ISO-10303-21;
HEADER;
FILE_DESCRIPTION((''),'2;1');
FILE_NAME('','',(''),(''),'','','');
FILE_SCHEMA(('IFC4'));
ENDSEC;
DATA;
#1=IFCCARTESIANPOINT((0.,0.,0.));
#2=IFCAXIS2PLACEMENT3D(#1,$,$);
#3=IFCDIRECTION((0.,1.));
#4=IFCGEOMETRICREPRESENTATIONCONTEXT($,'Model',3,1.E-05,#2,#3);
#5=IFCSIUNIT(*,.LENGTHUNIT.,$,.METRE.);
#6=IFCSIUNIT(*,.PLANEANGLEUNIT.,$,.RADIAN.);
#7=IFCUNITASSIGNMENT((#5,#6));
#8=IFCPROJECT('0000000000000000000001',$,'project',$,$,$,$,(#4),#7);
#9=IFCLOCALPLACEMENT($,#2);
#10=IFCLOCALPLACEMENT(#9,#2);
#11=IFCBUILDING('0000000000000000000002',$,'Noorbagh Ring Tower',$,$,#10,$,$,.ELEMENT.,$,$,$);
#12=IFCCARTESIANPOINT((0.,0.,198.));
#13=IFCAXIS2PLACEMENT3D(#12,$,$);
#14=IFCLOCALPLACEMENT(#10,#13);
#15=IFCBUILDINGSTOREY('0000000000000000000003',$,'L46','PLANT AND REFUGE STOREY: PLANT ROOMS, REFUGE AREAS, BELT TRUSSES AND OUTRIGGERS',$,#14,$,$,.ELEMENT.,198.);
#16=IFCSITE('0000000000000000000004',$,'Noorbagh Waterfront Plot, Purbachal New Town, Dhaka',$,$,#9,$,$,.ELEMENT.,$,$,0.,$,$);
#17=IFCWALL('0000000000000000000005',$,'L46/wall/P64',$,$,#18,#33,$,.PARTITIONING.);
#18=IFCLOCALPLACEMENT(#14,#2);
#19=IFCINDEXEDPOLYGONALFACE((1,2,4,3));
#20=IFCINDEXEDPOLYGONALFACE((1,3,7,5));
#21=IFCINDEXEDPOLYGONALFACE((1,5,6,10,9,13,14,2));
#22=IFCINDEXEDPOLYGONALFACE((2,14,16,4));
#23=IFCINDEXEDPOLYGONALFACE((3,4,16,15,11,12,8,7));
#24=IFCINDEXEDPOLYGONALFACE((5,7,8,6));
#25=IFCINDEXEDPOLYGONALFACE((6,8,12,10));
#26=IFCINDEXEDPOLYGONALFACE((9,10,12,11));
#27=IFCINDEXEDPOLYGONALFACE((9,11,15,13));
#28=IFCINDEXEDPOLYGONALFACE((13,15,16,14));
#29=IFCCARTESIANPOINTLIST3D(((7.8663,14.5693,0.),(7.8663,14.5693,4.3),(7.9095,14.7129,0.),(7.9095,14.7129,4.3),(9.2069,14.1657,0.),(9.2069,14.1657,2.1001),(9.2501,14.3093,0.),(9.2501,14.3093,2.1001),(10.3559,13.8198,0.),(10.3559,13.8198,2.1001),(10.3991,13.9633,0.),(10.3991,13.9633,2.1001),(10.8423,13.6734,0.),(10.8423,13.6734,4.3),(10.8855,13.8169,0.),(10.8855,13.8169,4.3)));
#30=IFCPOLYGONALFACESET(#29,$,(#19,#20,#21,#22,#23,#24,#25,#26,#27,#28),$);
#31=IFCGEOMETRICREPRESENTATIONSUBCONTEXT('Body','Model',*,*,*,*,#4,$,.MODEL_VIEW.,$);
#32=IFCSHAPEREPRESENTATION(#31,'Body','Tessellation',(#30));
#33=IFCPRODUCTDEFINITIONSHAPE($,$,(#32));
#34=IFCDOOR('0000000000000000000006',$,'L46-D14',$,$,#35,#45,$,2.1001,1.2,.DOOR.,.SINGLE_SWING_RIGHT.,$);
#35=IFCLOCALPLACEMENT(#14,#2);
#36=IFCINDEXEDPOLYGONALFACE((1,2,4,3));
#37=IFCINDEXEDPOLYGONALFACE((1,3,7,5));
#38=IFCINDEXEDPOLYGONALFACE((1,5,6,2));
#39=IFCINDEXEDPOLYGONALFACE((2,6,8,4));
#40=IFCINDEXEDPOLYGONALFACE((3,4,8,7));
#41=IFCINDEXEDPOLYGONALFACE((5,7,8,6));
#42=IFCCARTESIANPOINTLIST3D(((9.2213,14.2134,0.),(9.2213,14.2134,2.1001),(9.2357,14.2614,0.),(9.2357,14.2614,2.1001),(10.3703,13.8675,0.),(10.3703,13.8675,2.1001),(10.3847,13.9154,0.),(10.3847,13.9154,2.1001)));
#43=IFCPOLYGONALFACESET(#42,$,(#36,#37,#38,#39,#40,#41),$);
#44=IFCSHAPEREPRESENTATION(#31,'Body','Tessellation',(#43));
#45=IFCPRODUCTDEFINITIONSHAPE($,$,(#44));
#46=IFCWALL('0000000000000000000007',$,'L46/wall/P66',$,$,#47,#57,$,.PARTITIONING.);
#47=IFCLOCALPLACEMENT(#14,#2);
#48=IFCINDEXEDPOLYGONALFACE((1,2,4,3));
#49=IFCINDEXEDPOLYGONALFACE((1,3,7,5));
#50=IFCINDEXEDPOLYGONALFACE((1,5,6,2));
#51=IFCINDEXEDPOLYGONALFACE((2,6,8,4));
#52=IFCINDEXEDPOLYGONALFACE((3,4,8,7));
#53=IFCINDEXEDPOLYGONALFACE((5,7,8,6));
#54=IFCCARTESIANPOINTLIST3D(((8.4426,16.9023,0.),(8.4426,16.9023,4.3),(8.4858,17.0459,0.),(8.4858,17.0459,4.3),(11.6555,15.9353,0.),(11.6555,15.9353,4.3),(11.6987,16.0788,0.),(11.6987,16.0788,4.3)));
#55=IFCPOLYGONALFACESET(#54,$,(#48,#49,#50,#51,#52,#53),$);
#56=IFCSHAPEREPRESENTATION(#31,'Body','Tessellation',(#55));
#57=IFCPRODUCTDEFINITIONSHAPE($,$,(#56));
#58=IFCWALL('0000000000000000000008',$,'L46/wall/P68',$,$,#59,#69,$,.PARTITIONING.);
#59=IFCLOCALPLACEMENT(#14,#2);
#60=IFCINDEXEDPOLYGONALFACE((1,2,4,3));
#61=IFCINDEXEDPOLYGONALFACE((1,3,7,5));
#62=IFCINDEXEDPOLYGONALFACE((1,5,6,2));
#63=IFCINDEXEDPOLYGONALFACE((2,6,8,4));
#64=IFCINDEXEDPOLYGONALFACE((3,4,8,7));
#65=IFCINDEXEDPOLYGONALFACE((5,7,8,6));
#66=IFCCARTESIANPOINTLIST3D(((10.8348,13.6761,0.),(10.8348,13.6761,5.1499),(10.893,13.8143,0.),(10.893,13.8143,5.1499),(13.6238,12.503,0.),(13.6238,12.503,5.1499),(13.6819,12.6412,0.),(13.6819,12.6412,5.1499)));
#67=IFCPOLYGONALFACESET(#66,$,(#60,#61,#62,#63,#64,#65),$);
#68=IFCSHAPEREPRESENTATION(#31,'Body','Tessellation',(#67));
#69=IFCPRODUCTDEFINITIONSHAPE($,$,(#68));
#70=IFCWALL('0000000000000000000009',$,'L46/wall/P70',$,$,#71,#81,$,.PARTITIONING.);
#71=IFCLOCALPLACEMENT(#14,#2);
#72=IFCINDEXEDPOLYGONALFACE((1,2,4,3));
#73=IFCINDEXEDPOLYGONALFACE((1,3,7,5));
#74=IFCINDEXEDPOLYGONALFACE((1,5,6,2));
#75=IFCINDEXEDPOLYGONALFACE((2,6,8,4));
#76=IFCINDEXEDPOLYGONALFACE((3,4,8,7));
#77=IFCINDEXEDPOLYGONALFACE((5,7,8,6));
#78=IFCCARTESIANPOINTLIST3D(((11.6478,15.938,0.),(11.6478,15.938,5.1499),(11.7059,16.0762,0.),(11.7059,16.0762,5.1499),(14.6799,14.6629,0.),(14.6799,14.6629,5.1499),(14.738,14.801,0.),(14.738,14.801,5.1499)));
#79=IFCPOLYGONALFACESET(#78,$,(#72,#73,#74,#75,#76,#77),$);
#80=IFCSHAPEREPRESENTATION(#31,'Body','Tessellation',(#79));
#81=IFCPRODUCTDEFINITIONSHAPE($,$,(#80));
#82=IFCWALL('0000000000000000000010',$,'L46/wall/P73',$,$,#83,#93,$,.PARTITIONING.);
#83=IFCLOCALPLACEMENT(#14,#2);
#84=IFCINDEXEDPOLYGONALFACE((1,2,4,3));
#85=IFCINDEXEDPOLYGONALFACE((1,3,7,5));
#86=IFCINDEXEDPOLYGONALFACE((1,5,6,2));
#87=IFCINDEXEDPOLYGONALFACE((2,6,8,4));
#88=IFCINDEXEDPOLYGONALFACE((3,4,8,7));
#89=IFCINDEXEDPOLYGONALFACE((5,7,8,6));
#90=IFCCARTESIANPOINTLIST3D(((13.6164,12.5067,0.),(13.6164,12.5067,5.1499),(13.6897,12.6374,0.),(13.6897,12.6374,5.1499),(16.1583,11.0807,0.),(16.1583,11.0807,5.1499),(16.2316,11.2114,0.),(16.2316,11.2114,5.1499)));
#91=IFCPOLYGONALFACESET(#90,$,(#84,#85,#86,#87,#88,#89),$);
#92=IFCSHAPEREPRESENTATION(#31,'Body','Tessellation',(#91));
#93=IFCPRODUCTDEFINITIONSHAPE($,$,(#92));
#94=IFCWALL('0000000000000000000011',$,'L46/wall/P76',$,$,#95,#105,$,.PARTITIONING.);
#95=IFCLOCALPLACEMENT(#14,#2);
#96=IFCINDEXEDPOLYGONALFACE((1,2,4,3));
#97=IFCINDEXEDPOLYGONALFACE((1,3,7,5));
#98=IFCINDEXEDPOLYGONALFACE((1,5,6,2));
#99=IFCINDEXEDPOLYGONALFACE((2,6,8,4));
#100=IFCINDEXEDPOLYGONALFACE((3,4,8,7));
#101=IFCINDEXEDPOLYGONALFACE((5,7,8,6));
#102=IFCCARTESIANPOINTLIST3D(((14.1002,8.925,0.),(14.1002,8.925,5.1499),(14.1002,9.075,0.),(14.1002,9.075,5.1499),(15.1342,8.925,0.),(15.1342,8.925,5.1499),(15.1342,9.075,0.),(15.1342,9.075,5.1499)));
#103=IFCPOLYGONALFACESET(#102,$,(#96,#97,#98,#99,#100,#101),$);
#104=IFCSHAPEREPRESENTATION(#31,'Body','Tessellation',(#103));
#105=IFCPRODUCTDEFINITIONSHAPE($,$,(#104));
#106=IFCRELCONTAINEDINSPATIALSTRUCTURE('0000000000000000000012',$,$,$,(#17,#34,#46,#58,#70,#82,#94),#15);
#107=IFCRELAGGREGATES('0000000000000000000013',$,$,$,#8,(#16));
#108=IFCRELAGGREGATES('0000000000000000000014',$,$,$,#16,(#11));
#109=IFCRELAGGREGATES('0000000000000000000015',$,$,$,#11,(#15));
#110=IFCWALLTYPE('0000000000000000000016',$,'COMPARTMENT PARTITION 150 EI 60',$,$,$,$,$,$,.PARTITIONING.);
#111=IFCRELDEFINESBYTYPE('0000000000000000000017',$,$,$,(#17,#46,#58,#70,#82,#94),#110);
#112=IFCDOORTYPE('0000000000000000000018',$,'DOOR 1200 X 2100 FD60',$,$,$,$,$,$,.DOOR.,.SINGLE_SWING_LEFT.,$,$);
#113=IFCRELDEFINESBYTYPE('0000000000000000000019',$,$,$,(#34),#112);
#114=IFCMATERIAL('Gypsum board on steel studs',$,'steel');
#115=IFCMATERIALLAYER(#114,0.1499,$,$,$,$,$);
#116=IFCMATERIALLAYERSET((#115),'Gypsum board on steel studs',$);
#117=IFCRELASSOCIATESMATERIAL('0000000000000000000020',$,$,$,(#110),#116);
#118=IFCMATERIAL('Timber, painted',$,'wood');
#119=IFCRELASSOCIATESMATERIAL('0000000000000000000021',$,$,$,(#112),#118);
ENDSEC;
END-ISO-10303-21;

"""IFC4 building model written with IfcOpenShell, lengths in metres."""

from ifc_helpers import new_model, si_unit, direction, frame, frame_2d, origin, place, context, subcontext, project, spatial, rectangle, extrude, material, layer, layer_set, type_object, element, fill, save


model = new_model("IFC4")

# Units and contexts
model_context = context("Model", 3, precision=1e-05, world=origin(), true_north=direction((0.0, 1.0)))
body_context = subcontext(model_context, "Body", "Model", "MODEL_VIEW")
ifc_project = project(units=[si_unit("LENGTHUNIT", "METRE"), si_unit("PLANEANGLEUNIT", "RADIAN")], contexts=[model_context])

# Site, building, storey
site_placement = place(None, origin())
site = spatial("IfcSite", under=ifc_project, at=site_placement, Name="Noorbagh Waterfront Plot, Purbachal New Town, Dhaka", CompositionType="ELEMENT", RefElevation=0.0)
building_placement = place(site_placement, origin())
building = spatial("IfcBuilding", under=site, at=building_placement, Name="Noorbagh Ring Tower", CompositionType="ELEMENT")
storey_placement = place(building_placement, frame((0.0, 0.0, 198.0)))
storey = spatial("IfcBuildingStorey", under=building, at=storey_placement, Name="L46", Description="PLANT AND REFUGE STOREY: PLANT ROOMS, REFUGE AREAS, BELT TRUSSES AND OUTRIGGERS", CompositionType="ELEMENT", Elevation=198.0)

# Shared definitions
ifc_material_1 = material(Name="Gypsum board on steel studs", Category="steel")
ifc_layer = layer(ifc_material_1, 0.1499)
ifc_layer_set = layer_set([ifc_layer], Name="Gypsum board on steel studs")
wall_type = type_object("IfcWallType", Name="COMPARTMENT PARTITION 150 EI 60", PredefinedType="PARTITIONING", material=ifc_layer_set)

# Wall, opening, door
wall_1_placement = place(storey_placement, frame((7.8879, 14.6411, 0.0), z_axis=(0.0, 0.0, 1.0), x_axis=(0.957545, -0.288285, 0.0)))
wall_1 = element("IfcWall", 1, at=wall_1_placement, inside=storey, type_object=wall_type, Name="L46/wall/P64", PredefinedType="PARTITIONING", context=body_context, shape_type="SweptSolid", body=[
    extrude(rectangle(XDim=3.1079, YDim=0.1499, at=frame_2d((1.554, 0.0))), origin(), (0.0, 0.0, 1.0), 4.3),
])
opening_placement = place(wall_1_placement, frame((1.3999, 0.0, 0.0)))
opening = element("IfcOpeningElement", 2, at=opening_placement, cuts=wall_1, PredefinedType="OPENING", context=body_context, shape_type="SweptSolid", body=[
    extrude(rectangle(XDim=1.2, YDim=2.1001, at=frame_2d((0.6001, 1.05))), frame((0.0, 0.085, 0.0), z_axis=(0.0, -1.0, 0.0), x_axis=(1.0, 0.0, 0.0)), (0.0, 0.0, 1.0), 0.1699),
])
ifc_material_2 = material(Name="Timber, painted", Category="wood")
door_type = type_object("IfcDoorType", Name="DOOR 1200 X 2100 FD60", OperationType="SINGLE_SWING_LEFT", PredefinedType="DOOR", material=ifc_material_2)
door_placement = place(opening_placement, origin())
door = element("IfcDoor", 3, at=door_placement, inside=storey, type_object=door_type, Name="L46-D14", OperationType="SINGLE_SWING_RIGHT", OverallHeight=2.1001, OverallWidth=1.2, PredefinedType="DOOR", context=body_context, shape_type="SweptSolid", body=[
    extrude(rectangle(XDim=1.2, YDim=2.1001, at=frame_2d((0.6001, 1.05))), frame((0.0, 0.0249, 0.0), z_axis=(0.0, -1.0, 0.0), x_axis=(1.0, 0.0, 0.0)), (0.0, 0.0, 1.0), 0.05),
])
fill(opening, door)

# Walls
wall_2_placement = place(storey_placement, frame((8.4641, 16.9741, 0.0), z_axis=(0.0, 0.0, 1.0), x_axis=(0.957566, -0.288216, 0.0)))
element("IfcWall", 4, at=wall_2_placement, inside=storey, type_object=wall_type, Name="L46/wall/P66", PredefinedType="PARTITIONING", context=body_context, shape_type="SweptSolid", body=[
    extrude(rectangle(XDim=3.3552, YDim=0.1499, at=frame_2d((1.6777, 0.0))), origin(), (0.0, 0.0, 1.0), 4.3),
])
wall_3_placement = place(storey_placement, frame((10.864, 13.7451, 0.0), z_axis=(0.0, 0.0, 1.0), x_axis=(0.921783, -0.387707, 0.0)))
element("IfcWall", 5, at=wall_3_placement, inside=storey, type_object=wall_type, Name="L46/wall/P68", PredefinedType="PARTITIONING", context=body_context, shape_type="SweptSolid", body=[
    extrude(rectangle(XDim=3.0256, YDim=0.1499, at=frame_2d((1.5127, 0.0))), origin(), (0.0, 0.0, 1.0), 5.1499),
])
wall_4_placement = place(storey_placement, frame((11.677, 16.0071, 0.0), z_axis=(0.0, 0.0, 1.0), x_axis=(0.921796, -0.387675, 0.0)))
element("IfcWall", 6, at=wall_4_placement, inside=storey, type_object=wall_type, Name="L46/wall/P70", PredefinedType="PARTITIONING", context=body_context, shape_type="SweptSolid", body=[
    extrude(rectangle(XDim=3.2893, YDim=0.1499, at=frame_2d((1.6445, 0.0))), origin(), (0.0, 0.0, 1.0), 5.1499),
])
wall_5_placement = place(storey_placement, frame((13.6531, 12.572, 0.0), z_axis=(0.0, 0.0, 1.0), x_axis=(0.872139, -0.489259, 0.0)))
element("IfcWall", 7, at=wall_5_placement, inside=storey, type_object=wall_type, Name="L46/wall/P73", PredefinedType="PARTITIONING", context=body_context, shape_type="SweptSolid", body=[
    extrude(rectangle(XDim=2.9146, YDim=0.1499, at=frame_2d((1.4573, 0.0))), origin(), (0.0, 0.0, 1.0), 5.1499),
])
wall_6_placement = place(storey_placement, frame((14.1001, 9.0, 0.0), z_axis=(0.0, 0.0, 1.0), x_axis=(1.0, 0.0, 0.0)))
element("IfcWall", 8, at=wall_6_placement, inside=storey, type_object=wall_type, Name="L46/wall/P76", PredefinedType="PARTITIONING", context=body_context, shape_type="SweptSolid", body=[
    extrude(rectangle(XDim=1.0339, YDim=0.1499, at=frame_2d((0.5171, 0.0))), origin(), (0.0, 0.0, 1.0), 5.1499),
])

save(model, "model.ifc")
